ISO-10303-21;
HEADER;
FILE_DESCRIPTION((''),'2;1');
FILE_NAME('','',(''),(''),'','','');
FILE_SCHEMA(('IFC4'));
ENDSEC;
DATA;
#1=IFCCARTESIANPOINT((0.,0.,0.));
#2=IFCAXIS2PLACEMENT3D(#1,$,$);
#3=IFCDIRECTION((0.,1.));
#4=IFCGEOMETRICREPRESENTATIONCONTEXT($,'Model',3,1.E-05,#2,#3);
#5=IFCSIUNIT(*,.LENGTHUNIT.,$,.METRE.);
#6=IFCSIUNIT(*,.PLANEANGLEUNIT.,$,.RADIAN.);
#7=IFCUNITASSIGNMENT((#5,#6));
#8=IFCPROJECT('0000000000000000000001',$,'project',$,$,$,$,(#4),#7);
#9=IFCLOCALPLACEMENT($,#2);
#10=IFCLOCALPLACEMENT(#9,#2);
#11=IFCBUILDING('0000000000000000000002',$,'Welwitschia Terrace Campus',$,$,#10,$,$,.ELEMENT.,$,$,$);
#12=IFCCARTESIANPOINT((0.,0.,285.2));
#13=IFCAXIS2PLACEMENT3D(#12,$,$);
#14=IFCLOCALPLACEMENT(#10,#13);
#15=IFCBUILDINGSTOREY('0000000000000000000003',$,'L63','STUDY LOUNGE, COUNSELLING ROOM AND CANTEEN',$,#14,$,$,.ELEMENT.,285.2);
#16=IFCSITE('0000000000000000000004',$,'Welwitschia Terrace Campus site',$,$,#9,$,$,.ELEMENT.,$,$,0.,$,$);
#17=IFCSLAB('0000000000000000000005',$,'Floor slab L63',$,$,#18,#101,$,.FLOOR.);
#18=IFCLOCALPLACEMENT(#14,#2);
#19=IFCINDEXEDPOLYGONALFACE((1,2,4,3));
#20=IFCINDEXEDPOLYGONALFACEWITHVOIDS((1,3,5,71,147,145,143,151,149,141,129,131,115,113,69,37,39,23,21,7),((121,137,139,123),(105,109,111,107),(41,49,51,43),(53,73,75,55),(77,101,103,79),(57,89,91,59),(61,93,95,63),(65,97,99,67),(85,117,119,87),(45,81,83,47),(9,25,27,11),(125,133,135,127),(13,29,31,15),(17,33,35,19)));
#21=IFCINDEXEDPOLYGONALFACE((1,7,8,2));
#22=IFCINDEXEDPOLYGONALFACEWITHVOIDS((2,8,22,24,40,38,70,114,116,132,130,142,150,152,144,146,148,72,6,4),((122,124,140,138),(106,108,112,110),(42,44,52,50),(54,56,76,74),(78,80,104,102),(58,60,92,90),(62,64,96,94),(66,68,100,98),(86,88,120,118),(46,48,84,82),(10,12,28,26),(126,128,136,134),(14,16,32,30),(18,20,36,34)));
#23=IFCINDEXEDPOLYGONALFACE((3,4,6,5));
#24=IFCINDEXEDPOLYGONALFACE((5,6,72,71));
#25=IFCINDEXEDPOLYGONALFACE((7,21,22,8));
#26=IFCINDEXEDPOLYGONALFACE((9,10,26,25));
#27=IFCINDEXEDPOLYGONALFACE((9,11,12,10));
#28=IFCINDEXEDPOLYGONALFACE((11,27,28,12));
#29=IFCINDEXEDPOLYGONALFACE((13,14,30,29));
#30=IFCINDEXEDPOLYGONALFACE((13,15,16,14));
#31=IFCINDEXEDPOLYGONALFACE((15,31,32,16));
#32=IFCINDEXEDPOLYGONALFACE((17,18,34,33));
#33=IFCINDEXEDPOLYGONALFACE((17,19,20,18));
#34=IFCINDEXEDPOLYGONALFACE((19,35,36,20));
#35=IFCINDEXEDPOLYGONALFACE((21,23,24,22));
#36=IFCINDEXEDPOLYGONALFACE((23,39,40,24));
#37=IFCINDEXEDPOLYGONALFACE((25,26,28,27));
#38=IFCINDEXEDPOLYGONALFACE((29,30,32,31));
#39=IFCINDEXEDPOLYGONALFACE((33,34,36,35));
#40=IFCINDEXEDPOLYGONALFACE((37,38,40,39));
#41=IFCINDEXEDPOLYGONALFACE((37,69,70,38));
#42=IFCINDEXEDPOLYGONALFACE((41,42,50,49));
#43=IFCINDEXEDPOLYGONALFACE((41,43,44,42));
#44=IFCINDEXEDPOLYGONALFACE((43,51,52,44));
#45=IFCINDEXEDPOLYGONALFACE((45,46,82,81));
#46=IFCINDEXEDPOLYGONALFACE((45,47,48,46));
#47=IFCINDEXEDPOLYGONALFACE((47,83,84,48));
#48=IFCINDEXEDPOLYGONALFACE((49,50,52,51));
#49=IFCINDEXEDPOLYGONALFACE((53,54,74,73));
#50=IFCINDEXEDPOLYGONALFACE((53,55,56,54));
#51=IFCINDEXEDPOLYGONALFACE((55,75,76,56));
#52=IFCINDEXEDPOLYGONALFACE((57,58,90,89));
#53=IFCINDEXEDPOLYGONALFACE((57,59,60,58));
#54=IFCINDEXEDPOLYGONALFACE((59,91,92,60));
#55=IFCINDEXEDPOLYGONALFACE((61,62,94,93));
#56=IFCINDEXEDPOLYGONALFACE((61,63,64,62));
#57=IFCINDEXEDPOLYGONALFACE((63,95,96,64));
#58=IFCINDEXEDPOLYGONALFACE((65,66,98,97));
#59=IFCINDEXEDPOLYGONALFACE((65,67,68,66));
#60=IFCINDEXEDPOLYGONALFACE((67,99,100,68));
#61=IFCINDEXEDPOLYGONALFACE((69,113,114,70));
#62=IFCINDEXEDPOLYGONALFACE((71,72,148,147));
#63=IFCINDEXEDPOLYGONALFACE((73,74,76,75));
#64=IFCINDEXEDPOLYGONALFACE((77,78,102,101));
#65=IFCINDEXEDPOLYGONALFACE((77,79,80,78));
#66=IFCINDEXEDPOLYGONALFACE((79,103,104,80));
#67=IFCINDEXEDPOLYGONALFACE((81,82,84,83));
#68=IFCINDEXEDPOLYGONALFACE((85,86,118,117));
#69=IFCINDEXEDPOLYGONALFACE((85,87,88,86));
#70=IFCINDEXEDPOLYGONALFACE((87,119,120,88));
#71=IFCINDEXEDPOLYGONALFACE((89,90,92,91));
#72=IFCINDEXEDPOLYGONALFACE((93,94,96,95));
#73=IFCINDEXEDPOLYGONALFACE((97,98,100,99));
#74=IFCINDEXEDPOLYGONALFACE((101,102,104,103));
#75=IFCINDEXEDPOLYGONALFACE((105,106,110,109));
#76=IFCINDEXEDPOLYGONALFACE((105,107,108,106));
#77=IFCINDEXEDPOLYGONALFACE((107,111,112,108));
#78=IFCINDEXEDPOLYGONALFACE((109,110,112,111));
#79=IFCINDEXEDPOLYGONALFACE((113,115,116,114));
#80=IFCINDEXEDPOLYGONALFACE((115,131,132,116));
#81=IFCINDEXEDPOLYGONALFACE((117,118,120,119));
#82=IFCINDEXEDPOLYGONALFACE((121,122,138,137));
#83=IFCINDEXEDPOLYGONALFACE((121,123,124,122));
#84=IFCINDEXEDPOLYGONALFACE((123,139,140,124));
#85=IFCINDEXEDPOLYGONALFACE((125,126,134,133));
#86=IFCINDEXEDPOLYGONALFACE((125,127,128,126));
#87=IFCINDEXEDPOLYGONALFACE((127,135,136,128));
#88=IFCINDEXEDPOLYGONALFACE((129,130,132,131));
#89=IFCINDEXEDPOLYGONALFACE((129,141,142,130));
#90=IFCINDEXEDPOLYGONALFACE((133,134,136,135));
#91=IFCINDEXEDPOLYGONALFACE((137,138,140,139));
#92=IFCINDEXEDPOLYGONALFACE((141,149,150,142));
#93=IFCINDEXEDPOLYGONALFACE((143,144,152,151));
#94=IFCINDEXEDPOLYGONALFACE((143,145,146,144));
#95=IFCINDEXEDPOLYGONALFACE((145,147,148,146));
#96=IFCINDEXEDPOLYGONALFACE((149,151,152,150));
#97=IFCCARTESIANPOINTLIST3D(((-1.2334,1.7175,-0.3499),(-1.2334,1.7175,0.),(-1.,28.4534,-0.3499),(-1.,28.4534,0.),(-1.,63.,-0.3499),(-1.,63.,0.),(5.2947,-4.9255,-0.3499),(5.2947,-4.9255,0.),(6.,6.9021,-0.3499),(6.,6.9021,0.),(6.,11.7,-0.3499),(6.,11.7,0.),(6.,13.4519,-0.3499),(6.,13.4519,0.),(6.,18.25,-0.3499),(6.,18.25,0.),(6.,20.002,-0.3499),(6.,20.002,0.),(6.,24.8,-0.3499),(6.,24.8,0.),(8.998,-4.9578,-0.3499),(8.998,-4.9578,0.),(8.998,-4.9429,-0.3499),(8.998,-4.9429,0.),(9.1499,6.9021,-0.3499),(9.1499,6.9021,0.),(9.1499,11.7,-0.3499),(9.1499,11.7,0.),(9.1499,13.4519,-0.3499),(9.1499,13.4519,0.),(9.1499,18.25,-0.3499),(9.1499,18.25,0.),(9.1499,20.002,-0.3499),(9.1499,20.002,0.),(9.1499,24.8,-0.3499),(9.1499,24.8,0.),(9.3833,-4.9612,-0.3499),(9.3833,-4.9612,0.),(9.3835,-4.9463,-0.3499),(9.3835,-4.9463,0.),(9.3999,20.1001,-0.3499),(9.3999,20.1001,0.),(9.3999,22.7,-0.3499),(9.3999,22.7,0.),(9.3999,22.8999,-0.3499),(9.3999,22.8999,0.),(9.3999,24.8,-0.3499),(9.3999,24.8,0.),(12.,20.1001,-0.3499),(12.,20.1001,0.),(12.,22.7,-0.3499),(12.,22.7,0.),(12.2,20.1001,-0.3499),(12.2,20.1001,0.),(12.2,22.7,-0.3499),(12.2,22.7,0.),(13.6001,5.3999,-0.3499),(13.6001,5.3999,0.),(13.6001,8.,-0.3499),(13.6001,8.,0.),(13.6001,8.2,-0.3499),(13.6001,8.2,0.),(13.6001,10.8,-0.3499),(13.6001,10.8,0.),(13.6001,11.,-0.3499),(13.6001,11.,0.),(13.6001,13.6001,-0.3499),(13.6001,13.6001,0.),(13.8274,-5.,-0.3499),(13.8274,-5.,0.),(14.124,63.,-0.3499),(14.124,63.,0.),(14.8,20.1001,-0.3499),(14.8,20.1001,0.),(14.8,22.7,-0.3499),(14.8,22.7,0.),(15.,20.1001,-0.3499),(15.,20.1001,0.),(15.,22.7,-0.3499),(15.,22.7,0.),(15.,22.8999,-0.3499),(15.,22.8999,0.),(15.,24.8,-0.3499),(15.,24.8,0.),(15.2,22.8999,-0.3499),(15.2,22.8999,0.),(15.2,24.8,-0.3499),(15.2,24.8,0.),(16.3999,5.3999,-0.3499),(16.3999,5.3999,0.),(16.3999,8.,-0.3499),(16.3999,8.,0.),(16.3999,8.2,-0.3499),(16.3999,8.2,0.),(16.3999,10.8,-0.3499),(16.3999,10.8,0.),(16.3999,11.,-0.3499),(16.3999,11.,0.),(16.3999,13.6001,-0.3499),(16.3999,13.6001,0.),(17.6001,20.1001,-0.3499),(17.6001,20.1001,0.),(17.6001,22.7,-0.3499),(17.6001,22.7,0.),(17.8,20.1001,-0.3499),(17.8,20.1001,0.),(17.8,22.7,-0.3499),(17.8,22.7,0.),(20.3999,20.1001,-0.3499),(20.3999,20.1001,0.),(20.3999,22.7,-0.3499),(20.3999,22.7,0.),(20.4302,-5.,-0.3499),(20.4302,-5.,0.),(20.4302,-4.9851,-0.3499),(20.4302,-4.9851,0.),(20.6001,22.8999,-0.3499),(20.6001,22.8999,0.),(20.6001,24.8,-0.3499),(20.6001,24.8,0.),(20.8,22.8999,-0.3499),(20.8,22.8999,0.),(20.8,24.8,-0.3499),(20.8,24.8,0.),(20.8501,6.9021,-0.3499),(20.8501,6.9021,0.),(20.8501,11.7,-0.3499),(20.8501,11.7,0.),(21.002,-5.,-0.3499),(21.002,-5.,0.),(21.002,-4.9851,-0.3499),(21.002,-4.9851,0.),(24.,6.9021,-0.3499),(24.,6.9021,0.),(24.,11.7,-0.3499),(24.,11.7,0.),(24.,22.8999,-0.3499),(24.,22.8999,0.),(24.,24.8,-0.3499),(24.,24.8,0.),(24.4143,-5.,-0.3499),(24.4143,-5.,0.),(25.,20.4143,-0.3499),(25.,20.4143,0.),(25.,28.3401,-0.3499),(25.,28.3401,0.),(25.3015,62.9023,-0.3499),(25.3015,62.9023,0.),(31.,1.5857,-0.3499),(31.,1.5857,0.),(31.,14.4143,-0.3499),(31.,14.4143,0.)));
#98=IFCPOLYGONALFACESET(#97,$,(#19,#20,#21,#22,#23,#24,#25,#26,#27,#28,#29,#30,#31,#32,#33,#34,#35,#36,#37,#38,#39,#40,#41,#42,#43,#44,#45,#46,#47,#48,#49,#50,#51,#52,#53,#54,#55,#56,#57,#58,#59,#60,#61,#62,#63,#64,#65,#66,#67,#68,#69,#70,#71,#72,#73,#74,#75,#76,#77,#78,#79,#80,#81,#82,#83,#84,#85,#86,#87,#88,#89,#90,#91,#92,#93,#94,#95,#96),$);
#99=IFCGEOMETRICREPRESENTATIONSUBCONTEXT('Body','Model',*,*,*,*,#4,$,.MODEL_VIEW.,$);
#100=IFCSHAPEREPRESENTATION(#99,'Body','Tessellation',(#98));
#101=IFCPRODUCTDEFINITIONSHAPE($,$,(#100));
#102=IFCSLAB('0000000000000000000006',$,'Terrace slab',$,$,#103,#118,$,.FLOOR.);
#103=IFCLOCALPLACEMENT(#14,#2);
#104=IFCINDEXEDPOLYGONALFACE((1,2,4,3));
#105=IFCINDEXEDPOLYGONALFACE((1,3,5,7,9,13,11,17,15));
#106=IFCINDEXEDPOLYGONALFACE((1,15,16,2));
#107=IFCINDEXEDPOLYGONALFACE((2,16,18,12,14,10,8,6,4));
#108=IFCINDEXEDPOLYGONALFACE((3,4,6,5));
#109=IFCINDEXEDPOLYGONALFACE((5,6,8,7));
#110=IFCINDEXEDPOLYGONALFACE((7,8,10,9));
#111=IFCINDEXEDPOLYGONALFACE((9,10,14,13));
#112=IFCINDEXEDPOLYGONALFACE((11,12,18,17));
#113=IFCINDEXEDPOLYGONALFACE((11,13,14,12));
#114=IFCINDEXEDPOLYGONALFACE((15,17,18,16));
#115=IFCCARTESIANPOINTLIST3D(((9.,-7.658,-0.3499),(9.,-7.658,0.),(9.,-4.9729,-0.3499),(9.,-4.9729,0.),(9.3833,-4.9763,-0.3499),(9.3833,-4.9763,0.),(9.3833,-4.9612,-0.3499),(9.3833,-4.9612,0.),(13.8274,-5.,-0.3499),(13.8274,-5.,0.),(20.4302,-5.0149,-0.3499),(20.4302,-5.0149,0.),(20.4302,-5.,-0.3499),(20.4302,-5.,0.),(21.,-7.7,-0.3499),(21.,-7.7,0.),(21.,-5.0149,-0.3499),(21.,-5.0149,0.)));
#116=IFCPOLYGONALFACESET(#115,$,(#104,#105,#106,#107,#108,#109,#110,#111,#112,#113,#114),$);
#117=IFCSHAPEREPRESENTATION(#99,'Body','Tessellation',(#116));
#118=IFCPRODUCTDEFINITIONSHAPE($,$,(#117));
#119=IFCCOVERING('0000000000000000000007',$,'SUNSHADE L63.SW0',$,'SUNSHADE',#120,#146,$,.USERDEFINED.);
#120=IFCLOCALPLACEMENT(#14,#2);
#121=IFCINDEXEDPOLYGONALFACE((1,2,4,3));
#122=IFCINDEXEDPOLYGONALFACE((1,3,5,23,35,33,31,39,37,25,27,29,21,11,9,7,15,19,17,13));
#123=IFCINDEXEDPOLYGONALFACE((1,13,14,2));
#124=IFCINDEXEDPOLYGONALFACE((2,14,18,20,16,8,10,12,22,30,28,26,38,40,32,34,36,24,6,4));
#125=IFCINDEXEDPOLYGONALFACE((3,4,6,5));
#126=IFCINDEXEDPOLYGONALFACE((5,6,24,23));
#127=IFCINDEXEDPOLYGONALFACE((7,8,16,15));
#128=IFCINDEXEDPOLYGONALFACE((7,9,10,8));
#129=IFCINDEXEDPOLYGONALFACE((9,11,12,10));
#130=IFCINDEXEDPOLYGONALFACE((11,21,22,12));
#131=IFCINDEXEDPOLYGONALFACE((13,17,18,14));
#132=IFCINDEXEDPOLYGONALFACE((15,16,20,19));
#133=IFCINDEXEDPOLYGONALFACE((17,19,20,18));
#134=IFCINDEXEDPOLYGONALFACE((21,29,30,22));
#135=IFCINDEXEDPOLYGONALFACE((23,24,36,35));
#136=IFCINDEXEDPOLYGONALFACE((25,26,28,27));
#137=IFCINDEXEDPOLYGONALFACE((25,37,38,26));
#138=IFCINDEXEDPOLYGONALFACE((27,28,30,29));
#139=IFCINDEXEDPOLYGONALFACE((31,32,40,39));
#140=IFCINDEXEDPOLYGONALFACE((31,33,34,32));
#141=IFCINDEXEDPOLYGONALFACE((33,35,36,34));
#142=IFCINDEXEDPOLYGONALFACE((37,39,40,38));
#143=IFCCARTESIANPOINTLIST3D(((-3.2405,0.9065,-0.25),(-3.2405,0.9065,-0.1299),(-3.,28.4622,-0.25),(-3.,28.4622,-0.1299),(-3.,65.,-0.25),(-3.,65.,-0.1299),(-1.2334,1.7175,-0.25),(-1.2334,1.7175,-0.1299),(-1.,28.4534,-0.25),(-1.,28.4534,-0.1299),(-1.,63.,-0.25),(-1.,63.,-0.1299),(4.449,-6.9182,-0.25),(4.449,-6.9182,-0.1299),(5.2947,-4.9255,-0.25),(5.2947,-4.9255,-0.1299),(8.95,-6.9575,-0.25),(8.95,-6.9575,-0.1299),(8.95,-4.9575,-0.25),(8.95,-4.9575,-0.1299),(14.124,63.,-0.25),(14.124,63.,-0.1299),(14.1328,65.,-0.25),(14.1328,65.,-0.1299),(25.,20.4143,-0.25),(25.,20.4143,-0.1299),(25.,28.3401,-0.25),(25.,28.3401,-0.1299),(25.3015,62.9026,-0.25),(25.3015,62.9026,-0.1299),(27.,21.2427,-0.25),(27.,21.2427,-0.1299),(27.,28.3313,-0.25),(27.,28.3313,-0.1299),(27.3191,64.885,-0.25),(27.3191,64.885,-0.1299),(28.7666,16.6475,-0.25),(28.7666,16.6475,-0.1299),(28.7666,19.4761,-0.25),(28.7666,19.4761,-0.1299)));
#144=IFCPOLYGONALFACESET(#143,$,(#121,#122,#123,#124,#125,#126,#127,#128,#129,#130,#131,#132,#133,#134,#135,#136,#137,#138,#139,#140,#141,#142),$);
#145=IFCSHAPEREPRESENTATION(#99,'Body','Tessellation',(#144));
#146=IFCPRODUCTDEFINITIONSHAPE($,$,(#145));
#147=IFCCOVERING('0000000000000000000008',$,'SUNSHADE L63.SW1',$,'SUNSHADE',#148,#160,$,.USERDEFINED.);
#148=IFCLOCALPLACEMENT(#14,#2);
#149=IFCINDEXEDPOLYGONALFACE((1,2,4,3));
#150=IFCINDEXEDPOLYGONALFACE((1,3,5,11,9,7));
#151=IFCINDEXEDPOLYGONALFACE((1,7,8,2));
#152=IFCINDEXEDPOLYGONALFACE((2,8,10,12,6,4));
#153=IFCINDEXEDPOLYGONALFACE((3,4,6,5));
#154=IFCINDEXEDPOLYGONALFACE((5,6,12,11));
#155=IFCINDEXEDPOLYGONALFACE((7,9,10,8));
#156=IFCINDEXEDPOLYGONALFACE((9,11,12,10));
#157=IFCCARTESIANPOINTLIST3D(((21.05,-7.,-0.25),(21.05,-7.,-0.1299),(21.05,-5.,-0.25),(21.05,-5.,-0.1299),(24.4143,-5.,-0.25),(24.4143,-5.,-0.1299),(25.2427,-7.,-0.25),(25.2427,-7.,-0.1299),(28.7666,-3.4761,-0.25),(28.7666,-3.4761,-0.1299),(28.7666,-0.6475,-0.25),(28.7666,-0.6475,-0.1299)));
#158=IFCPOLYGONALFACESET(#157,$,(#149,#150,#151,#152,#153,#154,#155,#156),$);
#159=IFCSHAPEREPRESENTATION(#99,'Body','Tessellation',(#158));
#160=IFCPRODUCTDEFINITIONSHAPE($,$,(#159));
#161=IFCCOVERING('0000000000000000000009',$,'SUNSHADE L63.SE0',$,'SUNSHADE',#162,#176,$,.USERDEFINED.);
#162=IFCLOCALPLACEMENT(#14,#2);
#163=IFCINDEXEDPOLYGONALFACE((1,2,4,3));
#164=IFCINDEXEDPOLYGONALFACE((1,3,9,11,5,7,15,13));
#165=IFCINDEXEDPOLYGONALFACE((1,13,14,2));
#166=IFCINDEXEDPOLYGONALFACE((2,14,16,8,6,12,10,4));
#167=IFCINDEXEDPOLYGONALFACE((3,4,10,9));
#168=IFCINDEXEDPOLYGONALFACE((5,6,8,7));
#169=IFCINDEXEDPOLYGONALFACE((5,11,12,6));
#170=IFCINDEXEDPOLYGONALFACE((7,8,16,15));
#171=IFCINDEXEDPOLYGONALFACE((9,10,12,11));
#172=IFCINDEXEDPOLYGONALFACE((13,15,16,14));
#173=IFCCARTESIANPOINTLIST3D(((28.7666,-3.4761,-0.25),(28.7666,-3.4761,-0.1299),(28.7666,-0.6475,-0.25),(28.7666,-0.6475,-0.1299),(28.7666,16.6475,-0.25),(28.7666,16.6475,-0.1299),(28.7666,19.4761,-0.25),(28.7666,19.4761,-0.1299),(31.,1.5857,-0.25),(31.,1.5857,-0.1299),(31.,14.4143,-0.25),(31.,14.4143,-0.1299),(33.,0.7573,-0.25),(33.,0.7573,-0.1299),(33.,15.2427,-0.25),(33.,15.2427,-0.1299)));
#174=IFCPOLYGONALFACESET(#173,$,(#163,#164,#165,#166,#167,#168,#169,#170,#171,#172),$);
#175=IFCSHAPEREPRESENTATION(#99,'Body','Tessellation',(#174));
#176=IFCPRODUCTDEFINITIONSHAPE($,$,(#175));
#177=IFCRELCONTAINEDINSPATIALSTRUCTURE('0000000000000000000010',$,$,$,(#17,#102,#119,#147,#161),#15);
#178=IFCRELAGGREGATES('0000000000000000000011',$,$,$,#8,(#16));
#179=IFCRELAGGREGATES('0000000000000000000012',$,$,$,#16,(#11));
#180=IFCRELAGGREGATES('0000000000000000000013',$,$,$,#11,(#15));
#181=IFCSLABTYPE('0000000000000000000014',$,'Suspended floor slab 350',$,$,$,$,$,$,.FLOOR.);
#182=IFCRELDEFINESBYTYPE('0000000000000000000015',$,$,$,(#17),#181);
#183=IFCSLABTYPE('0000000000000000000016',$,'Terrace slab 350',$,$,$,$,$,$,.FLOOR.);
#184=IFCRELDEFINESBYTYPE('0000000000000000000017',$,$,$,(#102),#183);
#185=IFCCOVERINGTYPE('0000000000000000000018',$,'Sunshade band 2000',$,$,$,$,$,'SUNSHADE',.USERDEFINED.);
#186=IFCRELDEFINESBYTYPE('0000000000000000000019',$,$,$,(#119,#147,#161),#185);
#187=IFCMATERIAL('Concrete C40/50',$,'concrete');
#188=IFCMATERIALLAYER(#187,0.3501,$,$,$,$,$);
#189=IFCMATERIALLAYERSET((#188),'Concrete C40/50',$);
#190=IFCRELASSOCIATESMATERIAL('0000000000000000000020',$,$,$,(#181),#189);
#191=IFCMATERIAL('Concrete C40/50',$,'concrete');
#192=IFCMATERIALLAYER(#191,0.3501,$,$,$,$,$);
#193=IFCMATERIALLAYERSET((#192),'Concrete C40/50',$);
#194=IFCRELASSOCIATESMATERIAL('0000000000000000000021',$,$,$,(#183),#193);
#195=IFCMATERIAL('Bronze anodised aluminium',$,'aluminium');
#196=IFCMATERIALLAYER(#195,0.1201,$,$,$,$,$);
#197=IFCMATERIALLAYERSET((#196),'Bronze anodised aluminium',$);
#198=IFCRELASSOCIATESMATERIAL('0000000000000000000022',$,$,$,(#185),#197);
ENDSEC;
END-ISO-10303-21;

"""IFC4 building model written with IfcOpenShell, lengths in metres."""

from ifc_helpers import new_model, si_unit, direction, frame, origin, place, context, subcontext, project, spatial, polyline, outline, extrude, material, layer, layer_set, type_object, element, save


model = new_model("IFC4")

# Units and contexts
model_context = context("Model", 3, precision=1e-05, world=origin(), true_north=direction((0.0, 1.0)))
body_context = subcontext(model_context, "Body", "Model", "MODEL_VIEW")
ifc_project = project(units=[si_unit("LENGTHUNIT", "METRE"), si_unit("PLANEANGLEUNIT", "RADIAN")], contexts=[model_context])

# Site, building, storey
site_placement = place(None, origin())
site = spatial("IfcSite", under=ifc_project, at=site_placement, Name="Welwitschia Terrace Campus site", CompositionType="ELEMENT", RefElevation=0.0)
building_placement = place(site_placement, origin())
building = spatial("IfcBuilding", under=site, at=building_placement, Name="Welwitschia Terrace Campus", CompositionType="ELEMENT")
storey_placement = place(building_placement, frame((0.0, 0.0, 285.2)))
storey = spatial("IfcBuildingStorey", under=building, at=storey_placement, Name="L63", Description="STUDY LOUNGE, COUNSELLING ROOM AND CANTEEN", CompositionType="ELEMENT", Elevation=285.2)

# Slabs
ifc_material_1 = material(Name="Concrete C40/50", Category="concrete")
ifc_layer_1 = layer(ifc_material_1, 0.3501)
ifc_layer_set_1 = layer_set([ifc_layer_1], Name="Concrete C40/50")
slab_type_1 = type_object("IfcSlabType", Name="Suspended floor slab 350", PredefinedType="FLOOR", material=ifc_layer_set_1)
slab_1_placement = place(storey_placement, frame((0.0, 0.0, -0.3499)))
element("IfcSlab", 1, at=slab_1_placement, inside=storey, type_object=slab_type_1, Name="Floor slab L63", PredefinedType="FLOOR", context=body_context, shape_type="SweptSolid", body=[
    extrude(outline(polyline([(25.0, 28.3401), (25.0, 20.4143), (31.0, 14.4143), (31.0, 1.5857), (24.4143, -5.0), (21.002, -5.0), (21.002, -4.9851), (20.4302, -4.9851), (20.4302, -5.0), (13.8274, -5.0), (9.3833, -4.9612), (9.3835, -4.9463), (8.998, -4.9429), (8.998, -4.9578), (5.2947, -4.9255), (-1.2334, 1.7175), (-1.0, 28.4534), (-1.0, 63.0), (14.124, 63.0), (25.3015, 62.9023), (25.0, 28.3401)]), holes=[polyline([(13.6001, 5.3999), (16.3999, 5.3999), (16.3999, 8.0), (13.6001, 8.0), (13.6001, 5.3999)]), polyline([(6.0, 11.7), (6.0, 6.9021), (9.1499, 6.9021), (9.1499, 11.7), (6.0, 11.7)]), polyline([(6.0, 18.25), (6.0, 13.4519), (9.1499, 13.4519), (9.1499, 18.25), (6.0, 18.25)]), polyline([(9.3999, 22.7), (9.3999, 20.1001), (12.0, 20.1001), (12.0, 22.7), (9.3999, 22.7)]), polyline([(12.2, 22.7), (12.2, 20.1001), (14.8, 20.1001), (14.8, 22.7), (12.2, 22.7)]), polyline([(6.0, 24.8), (6.0, 20.002), (9.1499, 20.002), (9.1499, 24.8), (6.0, 24.8)]), polyline([(9.3999, 24.8), (9.3999, 22.8999), (15.0, 22.8999), (15.0, 24.8), (9.3999, 24.8)]), polyline([(20.8501, 6.9021), (24.0, 6.9021), (24.0, 11.7), (20.8501, 11.7), (20.8501, 6.9021)]), polyline([(13.6001, 10.8), (13.6001, 8.2), (16.3999, 8.2), (16.3999, 10.8), (13.6001, 10.8)]), polyline([(13.6001, 13.6001), (13.6001, 11.0), (16.3999, 11.0), (16.3999, 13.6001), (13.6001, 13.6001)]), polyline([(15.0, 22.7), (15.0, 20.1001), (17.6001, 20.1001), (17.6001, 22.7), (15.0, 22.7)]), polyline([(17.8, 22.7), (17.8, 20.1001), (20.3999, 20.1001), (20.3999, 22.7), (17.8, 22.7)]), polyline([(15.2, 24.8), (15.2, 22.8999), (20.6001, 22.8999), (20.6001, 24.8), (15.2, 24.8)]), polyline([(20.8, 24.8), (20.8, 22.8999), (24.0, 22.8999), (24.0, 24.8), (20.8, 24.8)])]), origin(), (0.0, 0.0, 1.0), 0.3499),
])
ifc_material_2 = material(Name="Concrete C40/50", Category="concrete")
ifc_layer_2 = layer(ifc_material_2, 0.3501)
ifc_layer_set_2 = layer_set([ifc_layer_2], Name="Concrete C40/50")
slab_type_2 = type_object("IfcSlabType", Name="Terrace slab 350", PredefinedType="FLOOR", material=ifc_layer_set_2)
slab_2_placement = place(storey_placement, frame((0.0, 0.0, -0.3499)))
element("IfcSlab", 2, at=slab_2_placement, inside=storey, type_object=slab_type_2, Name="Terrace slab", PredefinedType="FLOOR", context=body_context, shape_type="SweptSolid", body=[
    extrude(outline(polyline([(9.0, -7.658), (9.0, -4.9729), (9.3833, -4.9763), (9.3833, -4.9612), (13.8274, -5.0), (20.4302, -5.0), (20.4302, -5.0149), (21.0, -5.0149), (21.0, -7.7), (9.0, -7.658)])), origin(), (0.0, 0.0, 1.0), 0.3499),
])

# Coverings
ifc_material_3 = material(Name="Bronze anodised aluminium", Category="aluminium")
ifc_layer_3 = layer(ifc_material_3, 0.1201)
ifc_layer_set_3 = layer_set([ifc_layer_3], Name="Bronze anodised aluminium")
covering_type_1 = type_object("IfcCoveringType", Name="Sunshade band 2000", ElementType="SUNSHADE", PredefinedType="USERDEFINED", material=ifc_layer_set_3)
covering_1_placement = place(storey_placement, frame((0.0, 0.0, -0.25)))
element("IfcCovering", 3, at=covering_1_placement, inside=storey, type_object=covering_type_1, Name="SUNSHADE L63.SW0", ObjectType="SUNSHADE", PredefinedType="USERDEFINED", context=body_context, shape_type="SweptSolid", body=[
    extrude(outline(polyline([(27.0, 21.2427), (28.7666, 19.4761), (28.7666, 16.6475), (25.0, 20.4143), (25.0, 28.3401), (25.3015, 62.9026), (14.124, 63.0), (-1.0, 63.0), (-1.0, 28.4534), (-1.2334, 1.7175), (5.2947, -4.9255), (8.95, -4.9575), (8.95, -6.9575), (4.449, -6.9182), (-3.2405, 0.9065), (-3.0, 28.4622), (-3.0, 65.0), (14.1328, 65.0), (27.3191, 64.885), (27.0, 28.3313), (27.0, 21.2427)])), origin(), (0.0, 0.0, 1.0), 0.1201),
])
covering_2_placement = place(storey_placement, frame((0.0, 0.0, -0.25)))
element("IfcCovering", 4, at=covering_2_placement, inside=storey, type_object=covering_type_1, Name="SUNSHADE L63.SW1", ObjectType="SUNSHADE", PredefinedType="USERDEFINED", context=body_context, shape_type="SweptSolid", body=[
    extrude(outline(polyline([(25.2427, -7.0), (21.05, -7.0), (21.05, -5.0), (24.4143, -5.0), (28.7666, -0.6475), (28.7666, -3.4761), (25.2427, -7.0)])), origin(), (0.0, 0.0, 1.0), 0.1201),
])
covering_3_placement = place(storey_placement, frame((0.0, 0.0, -0.25)))
element("IfcCovering", 5, at=covering_3_placement, inside=storey, type_object=covering_type_1, Name="SUNSHADE L63.SE0", ObjectType="SUNSHADE", PredefinedType="USERDEFINED", context=body_context, shape_type="SweptSolid", body=[
    extrude(outline(polyline([(33.0, 15.2427), (33.0, 0.7573), (28.7666, -3.4761), (28.7666, -0.6475), (31.0, 1.5857), (31.0, 14.4143), (28.7666, 16.6475), (28.7666, 19.4761), (33.0, 15.2427)])), origin(), (0.0, 0.0, 1.0), 0.1201),
])

save(model, "model.ifc")
